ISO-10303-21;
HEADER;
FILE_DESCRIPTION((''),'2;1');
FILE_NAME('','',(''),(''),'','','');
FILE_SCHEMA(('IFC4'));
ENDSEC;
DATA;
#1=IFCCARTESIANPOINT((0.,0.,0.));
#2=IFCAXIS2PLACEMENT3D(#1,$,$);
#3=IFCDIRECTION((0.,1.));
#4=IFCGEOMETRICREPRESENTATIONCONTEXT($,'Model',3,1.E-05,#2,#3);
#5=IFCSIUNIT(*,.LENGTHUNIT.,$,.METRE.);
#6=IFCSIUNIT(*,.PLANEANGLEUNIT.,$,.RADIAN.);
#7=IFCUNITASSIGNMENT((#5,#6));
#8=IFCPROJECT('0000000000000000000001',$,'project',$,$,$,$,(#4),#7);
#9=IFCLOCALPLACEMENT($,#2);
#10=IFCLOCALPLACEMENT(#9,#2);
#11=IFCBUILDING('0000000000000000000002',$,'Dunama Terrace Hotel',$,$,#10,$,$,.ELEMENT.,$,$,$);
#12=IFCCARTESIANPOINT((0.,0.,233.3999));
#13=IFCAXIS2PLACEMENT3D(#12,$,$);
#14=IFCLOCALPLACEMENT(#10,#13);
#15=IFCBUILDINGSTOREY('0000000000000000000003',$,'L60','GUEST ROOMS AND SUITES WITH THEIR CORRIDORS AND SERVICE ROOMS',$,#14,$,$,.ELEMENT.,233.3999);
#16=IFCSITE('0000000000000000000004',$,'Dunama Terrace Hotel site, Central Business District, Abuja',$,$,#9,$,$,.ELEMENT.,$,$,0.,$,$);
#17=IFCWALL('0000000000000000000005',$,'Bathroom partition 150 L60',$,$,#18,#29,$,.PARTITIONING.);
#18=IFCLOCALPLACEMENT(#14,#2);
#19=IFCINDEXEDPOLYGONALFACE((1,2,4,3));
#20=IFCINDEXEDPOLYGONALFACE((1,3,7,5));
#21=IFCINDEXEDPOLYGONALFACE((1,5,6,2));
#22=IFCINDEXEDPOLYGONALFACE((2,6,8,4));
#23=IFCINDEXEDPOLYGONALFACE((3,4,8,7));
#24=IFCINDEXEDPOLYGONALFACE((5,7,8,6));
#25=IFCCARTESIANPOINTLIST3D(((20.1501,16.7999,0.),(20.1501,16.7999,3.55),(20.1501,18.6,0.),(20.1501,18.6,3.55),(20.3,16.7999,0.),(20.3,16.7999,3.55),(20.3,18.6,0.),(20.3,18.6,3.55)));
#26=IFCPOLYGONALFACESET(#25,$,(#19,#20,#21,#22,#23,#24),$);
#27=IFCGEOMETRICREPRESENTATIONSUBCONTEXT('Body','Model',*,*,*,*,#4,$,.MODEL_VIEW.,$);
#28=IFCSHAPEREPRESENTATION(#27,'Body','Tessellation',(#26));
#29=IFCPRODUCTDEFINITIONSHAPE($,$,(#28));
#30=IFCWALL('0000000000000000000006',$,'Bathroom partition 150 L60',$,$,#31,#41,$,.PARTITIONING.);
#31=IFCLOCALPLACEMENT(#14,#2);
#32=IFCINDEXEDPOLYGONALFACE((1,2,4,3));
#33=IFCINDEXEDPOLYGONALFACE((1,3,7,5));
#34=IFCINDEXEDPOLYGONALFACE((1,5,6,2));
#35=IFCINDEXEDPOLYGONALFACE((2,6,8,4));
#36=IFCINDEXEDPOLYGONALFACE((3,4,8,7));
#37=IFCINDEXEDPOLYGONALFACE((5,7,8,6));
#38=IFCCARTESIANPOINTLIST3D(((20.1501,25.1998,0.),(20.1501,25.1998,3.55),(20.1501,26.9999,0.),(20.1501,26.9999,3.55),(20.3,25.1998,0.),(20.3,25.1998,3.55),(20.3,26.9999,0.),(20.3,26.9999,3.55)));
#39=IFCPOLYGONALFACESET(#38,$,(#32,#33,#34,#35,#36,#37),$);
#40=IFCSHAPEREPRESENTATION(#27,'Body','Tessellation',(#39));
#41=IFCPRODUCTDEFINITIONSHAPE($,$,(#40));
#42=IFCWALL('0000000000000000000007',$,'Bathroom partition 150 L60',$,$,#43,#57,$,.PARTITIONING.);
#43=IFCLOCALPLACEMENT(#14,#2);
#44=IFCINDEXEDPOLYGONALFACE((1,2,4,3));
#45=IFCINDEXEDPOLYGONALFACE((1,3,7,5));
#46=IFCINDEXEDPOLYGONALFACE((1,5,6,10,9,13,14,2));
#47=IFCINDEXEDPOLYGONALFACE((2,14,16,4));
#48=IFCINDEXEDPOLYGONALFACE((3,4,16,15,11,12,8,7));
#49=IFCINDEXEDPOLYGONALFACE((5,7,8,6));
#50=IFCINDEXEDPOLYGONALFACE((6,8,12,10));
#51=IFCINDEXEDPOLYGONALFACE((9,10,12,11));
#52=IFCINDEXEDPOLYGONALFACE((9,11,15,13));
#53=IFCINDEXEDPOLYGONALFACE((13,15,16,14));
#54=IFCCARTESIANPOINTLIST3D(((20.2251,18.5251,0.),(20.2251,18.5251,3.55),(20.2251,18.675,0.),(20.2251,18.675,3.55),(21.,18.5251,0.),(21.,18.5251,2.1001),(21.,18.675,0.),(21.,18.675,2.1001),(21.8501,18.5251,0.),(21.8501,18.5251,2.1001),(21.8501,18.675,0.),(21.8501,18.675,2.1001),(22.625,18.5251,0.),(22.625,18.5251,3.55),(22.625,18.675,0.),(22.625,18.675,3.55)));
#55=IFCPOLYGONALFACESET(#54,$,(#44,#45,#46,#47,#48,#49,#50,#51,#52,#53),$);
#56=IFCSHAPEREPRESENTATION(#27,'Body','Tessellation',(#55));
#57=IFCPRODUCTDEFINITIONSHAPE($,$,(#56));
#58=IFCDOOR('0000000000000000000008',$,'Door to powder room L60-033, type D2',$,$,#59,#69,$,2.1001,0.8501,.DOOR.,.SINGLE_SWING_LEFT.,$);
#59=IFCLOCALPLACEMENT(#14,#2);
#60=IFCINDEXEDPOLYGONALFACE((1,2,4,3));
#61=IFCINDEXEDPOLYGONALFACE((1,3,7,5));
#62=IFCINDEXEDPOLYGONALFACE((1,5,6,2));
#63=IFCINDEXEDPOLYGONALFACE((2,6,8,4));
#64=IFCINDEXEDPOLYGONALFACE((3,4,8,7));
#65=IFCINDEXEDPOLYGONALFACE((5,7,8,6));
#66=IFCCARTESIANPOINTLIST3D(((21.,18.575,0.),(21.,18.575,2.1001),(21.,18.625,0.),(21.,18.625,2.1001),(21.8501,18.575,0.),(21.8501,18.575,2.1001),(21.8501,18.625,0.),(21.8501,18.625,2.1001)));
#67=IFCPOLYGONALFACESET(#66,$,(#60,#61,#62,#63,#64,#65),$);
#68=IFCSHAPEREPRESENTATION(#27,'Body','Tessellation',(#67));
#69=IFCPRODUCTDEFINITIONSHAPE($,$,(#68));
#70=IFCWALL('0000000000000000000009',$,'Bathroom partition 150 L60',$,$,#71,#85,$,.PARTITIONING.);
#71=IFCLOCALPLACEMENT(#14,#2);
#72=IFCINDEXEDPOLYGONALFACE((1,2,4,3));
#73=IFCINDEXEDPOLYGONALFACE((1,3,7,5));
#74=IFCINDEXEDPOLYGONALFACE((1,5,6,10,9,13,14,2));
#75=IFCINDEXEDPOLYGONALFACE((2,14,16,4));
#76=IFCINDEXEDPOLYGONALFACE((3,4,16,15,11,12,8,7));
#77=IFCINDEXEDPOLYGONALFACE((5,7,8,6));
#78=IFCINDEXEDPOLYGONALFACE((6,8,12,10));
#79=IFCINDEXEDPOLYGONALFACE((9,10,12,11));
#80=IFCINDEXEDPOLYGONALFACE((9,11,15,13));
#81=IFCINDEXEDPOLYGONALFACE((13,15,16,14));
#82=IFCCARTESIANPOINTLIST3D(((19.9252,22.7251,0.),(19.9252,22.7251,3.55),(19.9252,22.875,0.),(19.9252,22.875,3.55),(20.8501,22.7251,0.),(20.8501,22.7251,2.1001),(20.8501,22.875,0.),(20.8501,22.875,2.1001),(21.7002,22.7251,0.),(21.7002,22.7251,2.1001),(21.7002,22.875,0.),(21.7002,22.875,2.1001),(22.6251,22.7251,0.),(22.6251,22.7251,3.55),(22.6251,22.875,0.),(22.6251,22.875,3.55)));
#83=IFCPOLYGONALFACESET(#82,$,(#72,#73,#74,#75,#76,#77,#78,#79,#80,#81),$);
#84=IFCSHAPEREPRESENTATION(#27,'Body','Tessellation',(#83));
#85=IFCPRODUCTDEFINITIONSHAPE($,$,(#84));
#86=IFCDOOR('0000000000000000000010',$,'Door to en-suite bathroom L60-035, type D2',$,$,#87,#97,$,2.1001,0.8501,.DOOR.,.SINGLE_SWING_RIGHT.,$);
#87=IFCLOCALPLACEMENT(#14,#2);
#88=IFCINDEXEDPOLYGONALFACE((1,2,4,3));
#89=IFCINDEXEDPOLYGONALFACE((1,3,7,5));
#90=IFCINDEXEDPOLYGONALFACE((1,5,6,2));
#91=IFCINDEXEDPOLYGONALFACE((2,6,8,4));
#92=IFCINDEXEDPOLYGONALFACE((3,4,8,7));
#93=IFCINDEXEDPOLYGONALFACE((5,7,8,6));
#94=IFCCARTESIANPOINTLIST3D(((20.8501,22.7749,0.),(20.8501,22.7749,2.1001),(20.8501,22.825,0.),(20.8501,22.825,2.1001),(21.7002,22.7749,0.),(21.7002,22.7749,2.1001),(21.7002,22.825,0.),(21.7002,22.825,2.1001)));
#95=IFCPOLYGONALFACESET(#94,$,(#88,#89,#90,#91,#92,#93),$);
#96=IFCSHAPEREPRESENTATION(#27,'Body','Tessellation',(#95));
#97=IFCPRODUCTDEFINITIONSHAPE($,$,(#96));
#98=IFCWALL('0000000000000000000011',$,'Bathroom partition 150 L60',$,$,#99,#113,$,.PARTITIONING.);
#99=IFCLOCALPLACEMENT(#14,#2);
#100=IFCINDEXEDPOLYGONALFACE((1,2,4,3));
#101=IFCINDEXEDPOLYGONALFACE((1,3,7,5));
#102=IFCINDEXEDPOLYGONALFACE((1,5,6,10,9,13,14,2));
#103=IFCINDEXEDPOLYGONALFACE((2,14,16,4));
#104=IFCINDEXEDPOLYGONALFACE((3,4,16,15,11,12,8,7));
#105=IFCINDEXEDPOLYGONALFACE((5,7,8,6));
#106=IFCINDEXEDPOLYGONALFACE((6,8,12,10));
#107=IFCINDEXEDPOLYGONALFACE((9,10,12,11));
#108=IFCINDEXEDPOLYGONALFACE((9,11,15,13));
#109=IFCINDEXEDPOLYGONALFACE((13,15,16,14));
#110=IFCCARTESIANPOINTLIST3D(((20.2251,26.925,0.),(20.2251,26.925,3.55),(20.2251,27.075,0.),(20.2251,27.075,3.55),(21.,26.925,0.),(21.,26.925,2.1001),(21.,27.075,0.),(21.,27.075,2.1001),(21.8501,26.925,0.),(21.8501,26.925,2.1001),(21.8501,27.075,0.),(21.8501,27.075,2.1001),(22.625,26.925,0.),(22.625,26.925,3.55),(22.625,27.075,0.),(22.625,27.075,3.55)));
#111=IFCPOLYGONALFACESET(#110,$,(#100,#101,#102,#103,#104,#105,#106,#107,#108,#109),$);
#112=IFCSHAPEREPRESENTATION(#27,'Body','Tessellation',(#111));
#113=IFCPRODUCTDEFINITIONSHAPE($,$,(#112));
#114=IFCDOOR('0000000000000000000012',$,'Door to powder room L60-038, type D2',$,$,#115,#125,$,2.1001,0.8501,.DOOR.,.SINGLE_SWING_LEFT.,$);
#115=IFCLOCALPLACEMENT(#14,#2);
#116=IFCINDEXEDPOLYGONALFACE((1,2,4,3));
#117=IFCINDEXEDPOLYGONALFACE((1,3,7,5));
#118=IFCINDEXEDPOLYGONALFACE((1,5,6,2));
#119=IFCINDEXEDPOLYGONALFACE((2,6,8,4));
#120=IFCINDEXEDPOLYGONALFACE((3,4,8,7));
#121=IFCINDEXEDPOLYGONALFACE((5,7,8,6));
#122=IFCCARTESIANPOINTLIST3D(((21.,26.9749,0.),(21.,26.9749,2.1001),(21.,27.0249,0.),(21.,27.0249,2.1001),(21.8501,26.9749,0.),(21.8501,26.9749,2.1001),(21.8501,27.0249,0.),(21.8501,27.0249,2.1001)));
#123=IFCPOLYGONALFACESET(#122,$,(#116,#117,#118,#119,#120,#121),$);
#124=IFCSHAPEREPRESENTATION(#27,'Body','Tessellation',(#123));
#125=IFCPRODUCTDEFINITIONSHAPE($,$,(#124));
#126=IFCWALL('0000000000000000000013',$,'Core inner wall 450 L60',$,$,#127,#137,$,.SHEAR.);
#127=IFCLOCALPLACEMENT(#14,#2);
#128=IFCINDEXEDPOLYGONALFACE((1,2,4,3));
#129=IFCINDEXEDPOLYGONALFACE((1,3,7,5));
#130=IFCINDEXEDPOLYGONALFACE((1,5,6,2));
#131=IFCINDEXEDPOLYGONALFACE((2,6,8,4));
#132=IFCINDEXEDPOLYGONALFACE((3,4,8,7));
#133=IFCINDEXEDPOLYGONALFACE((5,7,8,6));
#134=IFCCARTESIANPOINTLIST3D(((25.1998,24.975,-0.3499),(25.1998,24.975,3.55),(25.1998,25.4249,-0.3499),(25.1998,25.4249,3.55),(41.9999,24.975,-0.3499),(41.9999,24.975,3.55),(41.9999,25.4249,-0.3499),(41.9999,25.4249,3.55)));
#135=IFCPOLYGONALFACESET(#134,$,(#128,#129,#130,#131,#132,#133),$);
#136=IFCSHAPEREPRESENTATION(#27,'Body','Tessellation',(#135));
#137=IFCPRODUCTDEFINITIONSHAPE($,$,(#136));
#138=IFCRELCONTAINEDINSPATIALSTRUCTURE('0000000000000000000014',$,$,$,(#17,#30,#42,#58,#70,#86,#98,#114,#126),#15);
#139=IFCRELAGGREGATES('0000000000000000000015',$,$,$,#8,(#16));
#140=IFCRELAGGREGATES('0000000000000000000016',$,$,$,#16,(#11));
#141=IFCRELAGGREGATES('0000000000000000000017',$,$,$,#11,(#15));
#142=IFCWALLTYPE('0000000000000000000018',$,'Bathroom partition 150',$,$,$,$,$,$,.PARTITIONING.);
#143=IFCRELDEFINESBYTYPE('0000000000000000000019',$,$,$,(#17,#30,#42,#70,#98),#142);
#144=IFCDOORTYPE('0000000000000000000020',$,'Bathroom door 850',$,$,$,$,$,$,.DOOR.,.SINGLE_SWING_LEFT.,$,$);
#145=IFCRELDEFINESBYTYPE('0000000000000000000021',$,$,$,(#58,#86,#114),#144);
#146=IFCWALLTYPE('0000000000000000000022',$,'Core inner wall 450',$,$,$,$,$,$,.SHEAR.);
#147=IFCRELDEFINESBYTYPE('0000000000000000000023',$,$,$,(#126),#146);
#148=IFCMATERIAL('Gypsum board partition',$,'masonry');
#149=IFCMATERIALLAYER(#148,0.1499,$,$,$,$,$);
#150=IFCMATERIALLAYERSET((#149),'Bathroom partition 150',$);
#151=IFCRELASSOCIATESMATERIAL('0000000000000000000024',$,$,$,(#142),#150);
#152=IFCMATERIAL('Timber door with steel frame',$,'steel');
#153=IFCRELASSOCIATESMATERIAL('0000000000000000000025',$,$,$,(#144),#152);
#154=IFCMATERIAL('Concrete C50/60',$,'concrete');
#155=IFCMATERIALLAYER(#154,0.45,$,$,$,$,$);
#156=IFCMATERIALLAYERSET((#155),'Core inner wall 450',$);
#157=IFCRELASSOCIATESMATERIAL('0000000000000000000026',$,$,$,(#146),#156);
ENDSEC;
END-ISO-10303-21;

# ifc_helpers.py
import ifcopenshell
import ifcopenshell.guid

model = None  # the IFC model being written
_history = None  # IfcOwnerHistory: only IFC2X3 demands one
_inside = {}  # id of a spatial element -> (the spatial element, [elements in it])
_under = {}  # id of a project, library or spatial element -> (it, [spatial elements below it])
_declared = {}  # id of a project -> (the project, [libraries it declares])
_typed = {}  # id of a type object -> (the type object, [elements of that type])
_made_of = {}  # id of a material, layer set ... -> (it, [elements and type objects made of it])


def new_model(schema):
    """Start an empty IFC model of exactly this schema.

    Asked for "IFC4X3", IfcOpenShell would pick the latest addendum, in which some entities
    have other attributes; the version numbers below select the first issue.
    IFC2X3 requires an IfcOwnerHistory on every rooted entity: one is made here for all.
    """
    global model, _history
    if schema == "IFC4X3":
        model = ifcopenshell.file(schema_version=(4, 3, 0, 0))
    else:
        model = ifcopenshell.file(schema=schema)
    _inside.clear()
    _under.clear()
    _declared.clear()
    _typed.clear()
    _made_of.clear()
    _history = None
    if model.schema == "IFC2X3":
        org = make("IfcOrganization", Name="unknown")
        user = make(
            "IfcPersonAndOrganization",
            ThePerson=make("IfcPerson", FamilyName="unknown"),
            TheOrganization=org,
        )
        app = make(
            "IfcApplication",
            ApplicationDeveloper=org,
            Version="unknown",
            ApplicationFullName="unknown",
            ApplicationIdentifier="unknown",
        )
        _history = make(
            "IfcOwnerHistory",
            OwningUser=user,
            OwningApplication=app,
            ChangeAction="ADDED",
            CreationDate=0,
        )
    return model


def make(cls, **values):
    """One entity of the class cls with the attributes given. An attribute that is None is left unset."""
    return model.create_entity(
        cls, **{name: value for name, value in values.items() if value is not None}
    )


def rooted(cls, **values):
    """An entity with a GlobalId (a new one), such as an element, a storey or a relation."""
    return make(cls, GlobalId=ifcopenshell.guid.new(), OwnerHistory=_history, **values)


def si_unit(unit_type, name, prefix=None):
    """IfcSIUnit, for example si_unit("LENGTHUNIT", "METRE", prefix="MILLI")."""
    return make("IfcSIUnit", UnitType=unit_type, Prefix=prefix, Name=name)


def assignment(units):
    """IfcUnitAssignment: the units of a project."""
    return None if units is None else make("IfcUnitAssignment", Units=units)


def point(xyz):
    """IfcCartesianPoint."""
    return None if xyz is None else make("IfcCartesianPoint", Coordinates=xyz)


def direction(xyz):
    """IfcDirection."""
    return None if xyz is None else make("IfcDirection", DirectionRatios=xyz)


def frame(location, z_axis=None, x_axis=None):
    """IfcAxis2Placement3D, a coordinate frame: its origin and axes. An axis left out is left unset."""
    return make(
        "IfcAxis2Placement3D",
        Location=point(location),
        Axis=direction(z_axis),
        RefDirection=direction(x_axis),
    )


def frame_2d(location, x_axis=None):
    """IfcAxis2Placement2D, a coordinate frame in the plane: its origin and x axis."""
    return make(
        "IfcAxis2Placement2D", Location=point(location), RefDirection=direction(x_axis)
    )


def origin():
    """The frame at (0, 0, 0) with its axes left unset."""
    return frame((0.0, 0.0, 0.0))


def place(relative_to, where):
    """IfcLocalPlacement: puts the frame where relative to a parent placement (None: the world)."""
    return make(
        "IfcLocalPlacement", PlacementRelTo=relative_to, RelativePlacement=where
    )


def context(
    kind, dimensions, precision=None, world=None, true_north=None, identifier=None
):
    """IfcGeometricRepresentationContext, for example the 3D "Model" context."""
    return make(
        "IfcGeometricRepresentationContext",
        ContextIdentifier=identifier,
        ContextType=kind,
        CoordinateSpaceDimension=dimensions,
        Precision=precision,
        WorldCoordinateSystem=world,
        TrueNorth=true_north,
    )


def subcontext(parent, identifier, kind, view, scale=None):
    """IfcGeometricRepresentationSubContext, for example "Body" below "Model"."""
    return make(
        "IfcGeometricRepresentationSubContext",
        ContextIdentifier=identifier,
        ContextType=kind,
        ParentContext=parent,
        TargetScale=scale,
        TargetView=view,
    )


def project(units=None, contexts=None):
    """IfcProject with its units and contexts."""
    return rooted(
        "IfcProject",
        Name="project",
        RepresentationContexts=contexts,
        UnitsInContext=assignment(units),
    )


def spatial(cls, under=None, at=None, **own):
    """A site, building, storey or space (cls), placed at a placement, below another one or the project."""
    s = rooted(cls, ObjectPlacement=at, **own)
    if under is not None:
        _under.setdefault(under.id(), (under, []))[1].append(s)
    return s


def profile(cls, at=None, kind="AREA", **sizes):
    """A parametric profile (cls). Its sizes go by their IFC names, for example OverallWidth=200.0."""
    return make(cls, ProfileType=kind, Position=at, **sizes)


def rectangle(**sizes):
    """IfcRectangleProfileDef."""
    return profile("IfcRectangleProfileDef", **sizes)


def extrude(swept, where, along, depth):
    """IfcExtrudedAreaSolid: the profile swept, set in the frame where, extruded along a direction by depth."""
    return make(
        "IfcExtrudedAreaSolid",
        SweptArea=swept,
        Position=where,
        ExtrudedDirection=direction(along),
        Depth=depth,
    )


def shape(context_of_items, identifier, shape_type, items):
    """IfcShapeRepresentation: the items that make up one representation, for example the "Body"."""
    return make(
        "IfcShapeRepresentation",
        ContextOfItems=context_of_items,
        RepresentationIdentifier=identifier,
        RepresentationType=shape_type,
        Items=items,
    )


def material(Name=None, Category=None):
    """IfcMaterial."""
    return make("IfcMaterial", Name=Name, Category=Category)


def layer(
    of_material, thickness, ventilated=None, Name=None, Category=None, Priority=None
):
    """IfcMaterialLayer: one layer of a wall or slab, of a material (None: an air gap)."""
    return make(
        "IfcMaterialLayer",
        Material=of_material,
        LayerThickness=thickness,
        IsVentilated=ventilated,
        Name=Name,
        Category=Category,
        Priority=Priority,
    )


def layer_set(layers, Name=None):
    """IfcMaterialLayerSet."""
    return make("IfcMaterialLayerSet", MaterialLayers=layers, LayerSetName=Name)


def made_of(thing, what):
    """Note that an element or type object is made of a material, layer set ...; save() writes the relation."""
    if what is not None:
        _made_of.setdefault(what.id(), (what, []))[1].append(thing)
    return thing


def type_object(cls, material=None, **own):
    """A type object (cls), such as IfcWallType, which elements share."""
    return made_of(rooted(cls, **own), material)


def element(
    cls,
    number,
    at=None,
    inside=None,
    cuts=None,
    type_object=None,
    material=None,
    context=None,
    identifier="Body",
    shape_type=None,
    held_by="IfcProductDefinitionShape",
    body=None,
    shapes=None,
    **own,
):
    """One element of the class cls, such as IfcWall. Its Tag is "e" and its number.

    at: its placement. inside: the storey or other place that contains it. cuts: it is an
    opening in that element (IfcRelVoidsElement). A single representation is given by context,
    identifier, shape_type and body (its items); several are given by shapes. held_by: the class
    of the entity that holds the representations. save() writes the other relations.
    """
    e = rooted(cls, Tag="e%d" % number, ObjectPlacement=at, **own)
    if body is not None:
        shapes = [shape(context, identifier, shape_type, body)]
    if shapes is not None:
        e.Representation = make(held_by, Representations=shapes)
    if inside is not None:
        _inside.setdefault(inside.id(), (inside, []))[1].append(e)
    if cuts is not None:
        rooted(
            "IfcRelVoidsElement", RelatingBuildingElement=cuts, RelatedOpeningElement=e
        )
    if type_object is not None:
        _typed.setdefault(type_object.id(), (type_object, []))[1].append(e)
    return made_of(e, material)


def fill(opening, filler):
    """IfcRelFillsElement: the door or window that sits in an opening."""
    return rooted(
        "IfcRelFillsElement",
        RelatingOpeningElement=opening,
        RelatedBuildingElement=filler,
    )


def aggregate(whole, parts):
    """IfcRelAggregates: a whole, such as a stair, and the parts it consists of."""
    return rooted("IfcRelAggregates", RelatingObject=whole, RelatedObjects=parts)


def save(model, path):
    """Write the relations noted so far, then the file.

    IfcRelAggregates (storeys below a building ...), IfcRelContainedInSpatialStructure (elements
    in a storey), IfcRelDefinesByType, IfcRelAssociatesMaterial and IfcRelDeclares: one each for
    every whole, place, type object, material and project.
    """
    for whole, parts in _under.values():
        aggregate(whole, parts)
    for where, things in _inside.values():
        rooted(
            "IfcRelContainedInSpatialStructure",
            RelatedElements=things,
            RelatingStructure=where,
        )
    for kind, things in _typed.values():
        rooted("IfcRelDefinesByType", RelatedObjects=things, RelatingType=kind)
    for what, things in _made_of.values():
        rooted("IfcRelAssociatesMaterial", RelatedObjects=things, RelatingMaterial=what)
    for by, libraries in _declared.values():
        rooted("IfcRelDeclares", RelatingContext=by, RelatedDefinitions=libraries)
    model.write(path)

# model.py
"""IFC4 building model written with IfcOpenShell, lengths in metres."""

from ifc_helpers import new_model, si_unit, direction, frame, frame_2d, origin, place, context, subcontext, project, spatial, rectangle, extrude, material, layer, layer_set, type_object, element, fill, save


model = new_model("IFC4")

# Units and contexts
model_context = context("Model", 3, precision=1e-05, world=origin(), true_north=direction((0.0, 1.0)))
body_context = subcontext(model_context, "Body", "Model", "MODEL_VIEW")
ifc_project = project(units=[si_unit("LENGTHUNIT", "METRE"), si_unit("PLANEANGLEUNIT", "RADIAN")], contexts=[model_context])

# Site, building, storey
site_placement = place(None, origin())
site = spatial("IfcSite", under=ifc_project, at=site_placement, Name="Dunama Terrace Hotel site, Central Business District, Abuja", CompositionType="ELEMENT", RefElevation=0.0)
building_placement = place(site_placement, origin())
building = spatial("IfcBuilding", under=site, at=building_placement, Name="Dunama Terrace Hotel", CompositionType="ELEMENT")
storey_placement = place(building_placement, frame((0.0, 0.0, 233.3999)))
storey = spatial("IfcBuildingStorey", under=building, at=storey_placement, Name="L60", Description="GUEST ROOMS AND SUITES WITH THEIR CORRIDORS AND SERVICE ROOMS", CompositionType="ELEMENT", Elevation=233.3999)

# Walls
ifc_material_1 = material(Name="Gypsum board partition", Category="masonry")
ifc_layer_1 = layer(ifc_material_1, 0.1499)
ifc_layer_set_1 = layer_set([ifc_layer_1], Name="Bathroom partition 150")
wall_type_1 = type_object("IfcWallType", Name="Bathroom partition 150", PredefinedType="PARTITIONING", material=ifc_layer_set_1)
for number, where, z_axis, x_axis, name in (
    (1, (20.2251, 16.8, 0.0), (0.0, 0.0, 1.0), (0.0, 1.0, 0.0), "Bathroom partition 150 L60"),
    (2, (20.2251, 25.2, 0.0), (0.0, 0.0, 1.0), (0.0, 1.0, 0.0), "Bathroom partition 150 L60"),
):
    element("IfcWall", number, at=place(storey_placement, frame(where, z_axis=z_axis, x_axis=x_axis)), inside=storey, type_object=wall_type_1, Name=name, PredefinedType="PARTITIONING", context=body_context, shape_type="SweptSolid", body=[
        extrude(rectangle(XDim=1.8, YDim=0.1499, at=frame_2d((0.8999, 0.0))), origin(), (0.0, 0.0, 1.0), 3.55),
    ])

# Walls, openings, doors
wall_1_placement = place(storey_placement, frame((20.2251, 18.6001, 0.0), z_axis=(0.0, 0.0, 1.0), x_axis=(1.0, 0.0, 0.0)))
wall_1 = element("IfcWall", 3, at=wall_1_placement, inside=storey, type_object=wall_type_1, Name="Bathroom partition 150 L60", PredefinedType="PARTITIONING", context=body_context, shape_type="SweptSolid", body=[
    extrude(rectangle(XDim=2.3999, YDim=0.1499, at=frame_2d((1.2, 0.0))), origin(), (0.0, 0.0, 1.0), 3.55),
])
opening_1_placement = place(wall_1_placement, frame((0.7749, 0.0, 0.0)))
opening_1 = element("IfcOpeningElement", 4, at=opening_1_placement, cuts=wall_1, PredefinedType="OPENING", context=body_context, shape_type="SweptSolid", body=[
    extrude(rectangle(XDim=0.8501, YDim=2.1001, at=frame_2d((0.425, 1.05))), frame((0.0, 0.085, 0.0), z_axis=(0.0, -1.0, 0.0), x_axis=(1.0, 0.0, 0.0)), (0.0, 0.0, 1.0), 0.1699),
])
ifc_material_2 = material(Name="Timber door with steel frame", Category="steel")
door_type_1 = type_object("IfcDoorType", Name="Bathroom door 850", OperationType="SINGLE_SWING_LEFT", PredefinedType="DOOR", material=ifc_material_2)
door_1_placement = place(opening_1_placement, frame((0.8501, 0.0, 0.0), z_axis=(0.0, 0.0, 1.0), x_axis=(-1.0, 0.0, 0.0)))
door_1 = element("IfcDoor", 5, at=door_1_placement, inside=storey, type_object=door_type_1, Name="Door to powder room L60-033, type D2", OperationType="SINGLE_SWING_LEFT", OverallHeight=2.1001, OverallWidth=0.8501, PredefinedType="DOOR", context=body_context, shape_type="SweptSolid", body=[
    extrude(rectangle(XDim=0.8501, YDim=2.1001, at=frame_2d((0.425, 1.05))), frame((0.0, 0.0251, 0.0), z_axis=(0.0, -1.0, 0.0), x_axis=(1.0, 0.0, 0.0)), (0.0, 0.0, 1.0), 0.05),
])
fill(opening_1, door_1)
wall_2_placement = place(storey_placement, frame((19.925, 22.8, 0.0), z_axis=(0.0, 0.0, 1.0), x_axis=(1.0, 0.0, 0.0)))
wall_2 = element("IfcWall", 6, at=wall_2_placement, inside=storey, type_object=wall_type_1, Name="Bathroom partition 150 L60", PredefinedType="PARTITIONING", context=body_context, shape_type="SweptSolid", body=[
    extrude(rectangle(XDim=2.7, YDim=0.1499, at=frame_2d((1.3501, 0.0))), origin(), (0.0, 0.0, 1.0), 3.55),
])
opening_2_placement = place(wall_2_placement, frame((0.925, 0.0, 0.0)))
opening_2 = element("IfcOpeningElement", 7, at=opening_2_placement, cuts=wall_2, PredefinedType="OPENING", context=body_context, shape_type="SweptSolid", body=[
    extrude(rectangle(XDim=0.8501, YDim=2.1001, at=frame_2d((0.425, 1.05))), frame((0.0, 0.085, 0.0), z_axis=(0.0, -1.0, 0.0), x_axis=(1.0, 0.0, 0.0)), (0.0, 0.0, 1.0), 0.1699),
])
door_2_placement = place(opening_2_placement, origin())
door_2 = element("IfcDoor", 8, at=door_2_placement, inside=storey, type_object=door_type_1, Name="Door to en-suite bathroom L60-035, type D2", OperationType="SINGLE_SWING_RIGHT", OverallHeight=2.1001, OverallWidth=0.8501, PredefinedType="DOOR", context=body_context, shape_type="SweptSolid", body=[
    extrude(rectangle(XDim=0.8501, YDim=2.1001, at=frame_2d((0.425, 1.05))), frame((0.0, 0.0249, 0.0), z_axis=(0.0, -1.0, 0.0), x_axis=(1.0, 0.0, 0.0)), (0.0, 0.0, 1.0), 0.05),
])
fill(opening_2, door_2)
wall_3_placement = place(storey_placement, frame((20.2251, 27.0, 0.0), z_axis=(0.0, 0.0, 1.0), x_axis=(1.0, 0.0, 0.0)))
wall_3 = element("IfcWall", 9, at=wall_3_placement, inside=storey, type_object=wall_type_1, Name="Bathroom partition 150 L60", PredefinedType="PARTITIONING", context=body_context, shape_type="SweptSolid", body=[
    extrude(rectangle(XDim=2.3999, YDim=0.1499, at=frame_2d((1.2, 0.0))), origin(), (0.0, 0.0, 1.0), 3.55),
])
opening_3_placement = place(wall_3_placement, frame((0.7749, 0.0, 0.0)))
opening_3 = element("IfcOpeningElement", 10, at=opening_3_placement, cuts=wall_3, PredefinedType="OPENING", context=body_context, shape_type="SweptSolid", body=[
    extrude(rectangle(XDim=0.8501, YDim=2.1001, at=frame_2d((0.425, 1.05))), frame((0.0, 0.085, 0.0), z_axis=(0.0, -1.0, 0.0), x_axis=(1.0, 0.0, 0.0)), (0.0, 0.0, 1.0), 0.1699),
])
door_3_placement = place(opening_3_placement, frame((0.8501, 0.0, 0.0), z_axis=(0.0, 0.0, 1.0), x_axis=(-1.0, 0.0, 0.0)))
door_3 = element("IfcDoor", 11, at=door_3_placement, inside=storey, type_object=door_type_1, Name="Door to powder room L60-038, type D2", OperationType="SINGLE_SWING_LEFT", OverallHeight=2.1001, OverallWidth=0.8501, PredefinedType="DOOR", context=body_context, shape_type="SweptSolid", body=[
    extrude(rectangle(XDim=0.8501, YDim=2.1001, at=frame_2d((0.425, 1.05))), frame((0.0, 0.0251, 0.0), z_axis=(0.0, -1.0, 0.0), x_axis=(1.0, 0.0, 0.0)), (0.0, 0.0, 1.0), 0.05),
])
fill(opening_3, door_3)

# Wall
ifc_material_3 = material(Name="Concrete C50/60", Category="concrete")
ifc_layer_2 = layer(ifc_material_3, 0.45)
ifc_layer_set_2 = layer_set([ifc_layer_2], Name="Core inner wall 450")
wall_type_2 = type_object("IfcWallType", Name="Core inner wall 450", PredefinedType="SHEAR", material=ifc_layer_set_2)
wall_4_placement = place(storey_placement, frame((25.2, 25.2, -0.3499), z_axis=(0.0, 0.0, 1.0), x_axis=(1.0, 0.0, 0.0)))
element("IfcWall", 12, at=wall_4_placement, inside=storey, type_object=wall_type_2, Name="Core inner wall 450 L60", PredefinedType="SHEAR", context=body_context, shape_type="SweptSolid", body=[
    extrude(rectangle(XDim=16.8, YDim=0.45, at=frame_2d((8.3999, 0.0))), origin(), (0.0, 0.0, 1.0), 3.8999),
])

save(model, "model.ifc")
